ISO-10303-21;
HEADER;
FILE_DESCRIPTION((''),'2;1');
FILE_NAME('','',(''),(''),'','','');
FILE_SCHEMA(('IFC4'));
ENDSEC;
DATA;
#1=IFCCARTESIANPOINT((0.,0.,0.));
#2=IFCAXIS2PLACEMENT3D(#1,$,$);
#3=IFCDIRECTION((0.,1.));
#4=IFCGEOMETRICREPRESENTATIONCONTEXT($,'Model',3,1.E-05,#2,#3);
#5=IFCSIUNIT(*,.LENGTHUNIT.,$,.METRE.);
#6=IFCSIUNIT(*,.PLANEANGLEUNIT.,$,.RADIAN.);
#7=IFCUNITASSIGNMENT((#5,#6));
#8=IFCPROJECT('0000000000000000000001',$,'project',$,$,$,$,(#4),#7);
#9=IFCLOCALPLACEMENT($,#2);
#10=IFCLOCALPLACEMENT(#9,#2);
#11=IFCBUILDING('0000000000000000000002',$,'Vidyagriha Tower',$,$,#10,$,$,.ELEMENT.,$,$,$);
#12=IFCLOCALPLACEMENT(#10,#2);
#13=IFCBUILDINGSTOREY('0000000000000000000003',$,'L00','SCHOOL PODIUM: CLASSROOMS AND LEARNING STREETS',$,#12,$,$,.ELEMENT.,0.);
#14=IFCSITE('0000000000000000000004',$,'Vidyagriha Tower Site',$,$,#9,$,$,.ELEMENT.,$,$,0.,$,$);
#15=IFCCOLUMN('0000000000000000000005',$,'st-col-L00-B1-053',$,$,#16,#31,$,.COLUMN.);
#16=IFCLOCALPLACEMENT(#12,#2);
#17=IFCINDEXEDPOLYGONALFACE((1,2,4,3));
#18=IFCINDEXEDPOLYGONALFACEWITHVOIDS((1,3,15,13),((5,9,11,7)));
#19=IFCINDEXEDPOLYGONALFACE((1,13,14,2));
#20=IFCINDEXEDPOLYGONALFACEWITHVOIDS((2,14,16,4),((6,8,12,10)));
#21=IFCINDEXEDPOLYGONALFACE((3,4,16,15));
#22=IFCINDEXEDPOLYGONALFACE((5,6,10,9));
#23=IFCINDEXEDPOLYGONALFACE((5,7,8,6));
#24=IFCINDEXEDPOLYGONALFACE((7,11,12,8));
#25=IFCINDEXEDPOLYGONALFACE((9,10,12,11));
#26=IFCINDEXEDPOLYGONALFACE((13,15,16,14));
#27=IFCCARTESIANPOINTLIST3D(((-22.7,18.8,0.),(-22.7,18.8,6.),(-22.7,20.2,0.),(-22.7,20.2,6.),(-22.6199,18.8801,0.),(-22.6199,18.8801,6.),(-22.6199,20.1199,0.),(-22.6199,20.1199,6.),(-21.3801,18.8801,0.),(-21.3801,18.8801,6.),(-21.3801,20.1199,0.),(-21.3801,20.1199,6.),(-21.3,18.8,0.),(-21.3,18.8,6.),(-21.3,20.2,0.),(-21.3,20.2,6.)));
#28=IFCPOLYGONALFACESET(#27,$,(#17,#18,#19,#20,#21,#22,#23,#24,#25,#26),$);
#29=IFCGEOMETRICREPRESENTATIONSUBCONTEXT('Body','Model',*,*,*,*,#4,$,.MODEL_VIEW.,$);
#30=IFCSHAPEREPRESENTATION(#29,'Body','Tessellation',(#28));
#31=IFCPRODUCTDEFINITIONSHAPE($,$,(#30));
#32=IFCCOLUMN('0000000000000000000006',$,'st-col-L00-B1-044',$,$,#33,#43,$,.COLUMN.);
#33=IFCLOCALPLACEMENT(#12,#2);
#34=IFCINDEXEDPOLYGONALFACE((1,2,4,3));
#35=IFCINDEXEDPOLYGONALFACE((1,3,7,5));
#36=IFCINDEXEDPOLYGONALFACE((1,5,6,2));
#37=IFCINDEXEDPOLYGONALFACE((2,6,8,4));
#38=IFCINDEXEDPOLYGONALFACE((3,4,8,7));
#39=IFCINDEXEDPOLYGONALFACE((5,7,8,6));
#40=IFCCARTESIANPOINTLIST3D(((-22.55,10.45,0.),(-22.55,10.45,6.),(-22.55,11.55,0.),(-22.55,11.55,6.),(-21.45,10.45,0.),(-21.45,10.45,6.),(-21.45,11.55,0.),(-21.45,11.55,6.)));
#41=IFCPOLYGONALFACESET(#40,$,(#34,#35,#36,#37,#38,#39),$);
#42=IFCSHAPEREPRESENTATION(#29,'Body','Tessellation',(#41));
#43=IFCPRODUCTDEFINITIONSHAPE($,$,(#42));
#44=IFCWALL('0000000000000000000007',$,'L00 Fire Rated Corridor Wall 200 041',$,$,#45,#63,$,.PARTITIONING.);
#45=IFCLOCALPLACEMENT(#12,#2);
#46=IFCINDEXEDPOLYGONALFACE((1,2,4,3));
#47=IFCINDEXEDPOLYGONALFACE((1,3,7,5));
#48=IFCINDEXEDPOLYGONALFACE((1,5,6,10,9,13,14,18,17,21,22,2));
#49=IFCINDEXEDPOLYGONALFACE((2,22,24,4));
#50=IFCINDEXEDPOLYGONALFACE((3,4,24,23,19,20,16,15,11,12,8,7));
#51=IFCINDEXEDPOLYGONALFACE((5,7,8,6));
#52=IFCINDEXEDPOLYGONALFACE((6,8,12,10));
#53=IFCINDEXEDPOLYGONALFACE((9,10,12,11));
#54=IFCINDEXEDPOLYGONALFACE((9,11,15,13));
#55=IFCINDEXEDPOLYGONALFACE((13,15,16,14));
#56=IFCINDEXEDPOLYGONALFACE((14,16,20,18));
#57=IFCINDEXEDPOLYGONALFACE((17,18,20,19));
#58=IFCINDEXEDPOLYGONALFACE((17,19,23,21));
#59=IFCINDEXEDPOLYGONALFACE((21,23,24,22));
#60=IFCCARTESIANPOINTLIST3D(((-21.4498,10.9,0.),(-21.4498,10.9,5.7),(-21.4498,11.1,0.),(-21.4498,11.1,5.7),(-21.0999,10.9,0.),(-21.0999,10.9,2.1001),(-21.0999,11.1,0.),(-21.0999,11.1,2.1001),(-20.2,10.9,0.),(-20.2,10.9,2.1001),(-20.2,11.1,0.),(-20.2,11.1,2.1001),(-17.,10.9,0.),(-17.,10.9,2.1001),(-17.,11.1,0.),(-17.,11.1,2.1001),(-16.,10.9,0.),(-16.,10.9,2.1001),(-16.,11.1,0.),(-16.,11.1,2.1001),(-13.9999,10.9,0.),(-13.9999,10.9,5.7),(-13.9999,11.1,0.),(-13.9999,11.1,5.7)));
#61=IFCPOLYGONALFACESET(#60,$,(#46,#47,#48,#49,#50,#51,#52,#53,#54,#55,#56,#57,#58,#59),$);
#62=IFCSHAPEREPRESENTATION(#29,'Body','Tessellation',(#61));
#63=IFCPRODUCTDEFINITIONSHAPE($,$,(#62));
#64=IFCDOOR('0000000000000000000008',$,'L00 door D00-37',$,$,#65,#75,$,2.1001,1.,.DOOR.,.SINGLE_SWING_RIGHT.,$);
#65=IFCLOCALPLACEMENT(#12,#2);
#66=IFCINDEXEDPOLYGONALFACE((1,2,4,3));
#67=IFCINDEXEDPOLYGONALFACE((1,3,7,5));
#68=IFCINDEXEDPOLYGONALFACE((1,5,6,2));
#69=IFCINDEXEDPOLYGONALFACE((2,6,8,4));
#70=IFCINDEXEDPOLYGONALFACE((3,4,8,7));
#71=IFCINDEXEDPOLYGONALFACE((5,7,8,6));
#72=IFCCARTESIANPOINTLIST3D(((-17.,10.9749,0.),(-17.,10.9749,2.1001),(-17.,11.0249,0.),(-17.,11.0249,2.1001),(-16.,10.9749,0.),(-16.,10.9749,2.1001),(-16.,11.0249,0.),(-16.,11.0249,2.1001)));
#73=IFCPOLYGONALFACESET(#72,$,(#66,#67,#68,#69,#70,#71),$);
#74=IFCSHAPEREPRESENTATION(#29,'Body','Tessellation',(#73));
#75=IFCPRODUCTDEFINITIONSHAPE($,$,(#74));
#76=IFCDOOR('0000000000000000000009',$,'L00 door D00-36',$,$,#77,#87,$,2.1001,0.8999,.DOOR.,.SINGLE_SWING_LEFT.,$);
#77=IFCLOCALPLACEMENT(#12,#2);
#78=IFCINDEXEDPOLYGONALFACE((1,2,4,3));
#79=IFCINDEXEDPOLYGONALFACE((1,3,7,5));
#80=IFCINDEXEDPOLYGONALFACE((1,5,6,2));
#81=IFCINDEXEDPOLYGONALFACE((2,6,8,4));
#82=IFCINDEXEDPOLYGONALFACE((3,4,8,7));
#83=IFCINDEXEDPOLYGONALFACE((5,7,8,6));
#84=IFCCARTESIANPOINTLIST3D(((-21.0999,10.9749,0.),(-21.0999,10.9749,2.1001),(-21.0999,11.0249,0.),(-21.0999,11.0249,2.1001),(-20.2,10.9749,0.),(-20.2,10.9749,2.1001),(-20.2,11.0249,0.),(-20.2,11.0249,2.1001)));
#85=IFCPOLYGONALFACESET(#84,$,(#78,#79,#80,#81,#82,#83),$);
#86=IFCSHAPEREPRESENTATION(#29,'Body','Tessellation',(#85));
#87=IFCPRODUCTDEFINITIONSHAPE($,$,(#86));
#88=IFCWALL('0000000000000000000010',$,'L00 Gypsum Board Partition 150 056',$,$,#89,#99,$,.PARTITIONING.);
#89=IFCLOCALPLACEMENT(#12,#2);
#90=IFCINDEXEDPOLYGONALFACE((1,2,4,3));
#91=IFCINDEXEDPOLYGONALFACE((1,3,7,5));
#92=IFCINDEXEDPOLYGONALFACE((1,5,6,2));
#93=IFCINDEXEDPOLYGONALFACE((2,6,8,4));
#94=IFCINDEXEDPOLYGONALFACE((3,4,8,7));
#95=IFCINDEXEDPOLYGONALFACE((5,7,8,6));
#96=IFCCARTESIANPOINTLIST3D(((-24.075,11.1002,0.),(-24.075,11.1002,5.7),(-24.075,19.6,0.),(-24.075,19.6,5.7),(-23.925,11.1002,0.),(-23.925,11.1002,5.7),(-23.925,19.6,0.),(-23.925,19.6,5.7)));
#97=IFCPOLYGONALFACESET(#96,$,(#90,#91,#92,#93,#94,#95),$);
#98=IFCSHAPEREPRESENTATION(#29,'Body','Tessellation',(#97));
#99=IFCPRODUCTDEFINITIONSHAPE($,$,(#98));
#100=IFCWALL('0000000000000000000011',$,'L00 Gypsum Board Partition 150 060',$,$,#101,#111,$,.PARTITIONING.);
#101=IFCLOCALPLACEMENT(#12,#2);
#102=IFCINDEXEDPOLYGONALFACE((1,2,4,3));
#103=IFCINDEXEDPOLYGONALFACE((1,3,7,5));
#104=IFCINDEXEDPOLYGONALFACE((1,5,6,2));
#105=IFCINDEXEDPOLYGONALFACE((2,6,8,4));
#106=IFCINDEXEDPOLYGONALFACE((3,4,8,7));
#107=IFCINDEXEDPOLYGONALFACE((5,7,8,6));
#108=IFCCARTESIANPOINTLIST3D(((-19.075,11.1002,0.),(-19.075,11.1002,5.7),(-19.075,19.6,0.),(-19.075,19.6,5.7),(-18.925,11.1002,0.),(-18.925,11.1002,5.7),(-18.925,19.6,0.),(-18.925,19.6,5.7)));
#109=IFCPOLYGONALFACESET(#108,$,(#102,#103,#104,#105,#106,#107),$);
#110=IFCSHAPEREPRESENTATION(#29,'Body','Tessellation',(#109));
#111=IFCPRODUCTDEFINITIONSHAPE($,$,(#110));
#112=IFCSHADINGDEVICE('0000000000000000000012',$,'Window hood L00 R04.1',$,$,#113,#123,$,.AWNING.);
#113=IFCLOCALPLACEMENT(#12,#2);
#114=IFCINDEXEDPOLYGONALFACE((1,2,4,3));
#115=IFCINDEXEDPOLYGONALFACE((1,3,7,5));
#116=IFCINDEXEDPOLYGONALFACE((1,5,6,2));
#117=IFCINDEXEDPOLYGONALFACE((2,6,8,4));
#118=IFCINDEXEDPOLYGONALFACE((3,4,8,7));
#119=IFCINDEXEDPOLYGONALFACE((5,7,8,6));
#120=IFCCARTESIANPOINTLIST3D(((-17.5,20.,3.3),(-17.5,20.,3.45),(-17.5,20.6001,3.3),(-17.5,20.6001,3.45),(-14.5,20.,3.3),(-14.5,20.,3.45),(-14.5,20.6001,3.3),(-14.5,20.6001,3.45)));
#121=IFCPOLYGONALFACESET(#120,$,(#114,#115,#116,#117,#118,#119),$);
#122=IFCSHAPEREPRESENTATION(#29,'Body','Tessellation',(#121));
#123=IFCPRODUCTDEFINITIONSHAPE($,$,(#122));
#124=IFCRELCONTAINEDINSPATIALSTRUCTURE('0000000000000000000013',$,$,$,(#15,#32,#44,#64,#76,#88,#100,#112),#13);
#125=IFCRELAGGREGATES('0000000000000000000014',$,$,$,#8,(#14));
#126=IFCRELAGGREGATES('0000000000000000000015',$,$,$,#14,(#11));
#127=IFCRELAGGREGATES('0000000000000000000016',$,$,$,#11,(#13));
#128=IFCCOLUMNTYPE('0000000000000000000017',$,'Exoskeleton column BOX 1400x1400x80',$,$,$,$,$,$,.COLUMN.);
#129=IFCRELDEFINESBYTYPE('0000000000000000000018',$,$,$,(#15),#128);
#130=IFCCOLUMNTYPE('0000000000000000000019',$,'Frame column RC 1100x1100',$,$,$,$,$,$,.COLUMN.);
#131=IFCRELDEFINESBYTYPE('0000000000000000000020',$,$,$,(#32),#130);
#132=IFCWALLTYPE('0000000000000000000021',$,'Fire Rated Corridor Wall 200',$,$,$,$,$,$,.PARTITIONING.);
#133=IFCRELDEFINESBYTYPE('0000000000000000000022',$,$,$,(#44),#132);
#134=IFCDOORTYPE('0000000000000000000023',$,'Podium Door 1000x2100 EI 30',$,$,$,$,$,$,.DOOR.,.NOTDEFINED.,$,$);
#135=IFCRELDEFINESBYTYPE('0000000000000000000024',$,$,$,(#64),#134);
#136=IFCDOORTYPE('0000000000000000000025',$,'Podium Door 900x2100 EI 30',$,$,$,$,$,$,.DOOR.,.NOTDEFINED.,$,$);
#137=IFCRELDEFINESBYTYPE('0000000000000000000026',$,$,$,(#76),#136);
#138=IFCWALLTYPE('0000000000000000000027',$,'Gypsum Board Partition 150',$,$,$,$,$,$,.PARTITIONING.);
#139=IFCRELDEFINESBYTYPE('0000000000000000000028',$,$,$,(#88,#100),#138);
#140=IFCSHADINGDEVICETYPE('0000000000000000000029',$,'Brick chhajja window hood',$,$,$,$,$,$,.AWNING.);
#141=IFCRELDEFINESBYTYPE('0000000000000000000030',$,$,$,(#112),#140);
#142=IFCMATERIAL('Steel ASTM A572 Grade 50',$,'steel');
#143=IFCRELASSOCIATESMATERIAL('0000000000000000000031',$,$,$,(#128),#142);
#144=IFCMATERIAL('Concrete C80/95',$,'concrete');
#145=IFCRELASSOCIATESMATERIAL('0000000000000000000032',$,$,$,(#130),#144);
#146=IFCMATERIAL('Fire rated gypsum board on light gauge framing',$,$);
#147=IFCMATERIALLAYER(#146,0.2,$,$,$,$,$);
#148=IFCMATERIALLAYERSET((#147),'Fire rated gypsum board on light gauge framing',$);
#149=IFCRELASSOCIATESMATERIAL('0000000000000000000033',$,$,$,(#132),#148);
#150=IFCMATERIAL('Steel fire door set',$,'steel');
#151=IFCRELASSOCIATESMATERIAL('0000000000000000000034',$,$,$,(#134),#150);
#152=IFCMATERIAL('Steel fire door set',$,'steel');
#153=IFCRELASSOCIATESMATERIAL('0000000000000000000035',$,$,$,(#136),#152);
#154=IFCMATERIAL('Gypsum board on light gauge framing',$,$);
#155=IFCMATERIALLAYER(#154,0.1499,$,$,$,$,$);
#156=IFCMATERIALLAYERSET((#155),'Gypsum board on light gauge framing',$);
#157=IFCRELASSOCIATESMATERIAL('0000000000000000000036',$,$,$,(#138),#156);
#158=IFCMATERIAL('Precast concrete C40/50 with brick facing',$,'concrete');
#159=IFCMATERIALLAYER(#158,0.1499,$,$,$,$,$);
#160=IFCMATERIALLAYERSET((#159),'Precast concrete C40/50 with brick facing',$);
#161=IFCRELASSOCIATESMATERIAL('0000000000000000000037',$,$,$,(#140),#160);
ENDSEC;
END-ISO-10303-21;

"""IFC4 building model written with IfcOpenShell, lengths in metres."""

from ifc_helpers import new_model, si_unit, direction, frame, frame_2d, origin, origin_2d, place, context, subcontext, project, spatial, rectangle, hollow_rectangle, extrude, material, layer, layer_set, material_profile, profile_set, type_object, element, fill, save


model = new_model("IFC4")

# Units and contexts
model_context = context("Model", 3, precision=1e-05, world=origin(), true_north=direction((0.0, 1.0)))
body_context = subcontext(model_context, "Body", "Model", "MODEL_VIEW")
ifc_project = project(units=[si_unit("LENGTHUNIT", "METRE"), si_unit("PLANEANGLEUNIT", "RADIAN")], contexts=[model_context])

# Site, building, storey
site_placement = place(None, origin())
site = spatial("IfcSite", under=ifc_project, at=site_placement, Name="Vidyagriha Tower Site", CompositionType="ELEMENT", RefElevation=0.0)
building_placement = place(site_placement, origin())
building = spatial("IfcBuilding", under=site, at=building_placement, Name="Vidyagriha Tower", CompositionType="ELEMENT")
storey_placement = place(building_placement, origin())
storey = spatial("IfcBuildingStorey", under=building, at=storey_placement, Name="L00", Description="SCHOOL PODIUM: CLASSROOMS AND LEARNING STREETS", CompositionType="ELEMENT", Elevation=0.0)

# Columns
ifc_material_1 = material(Name="Steel ASTM A572 Grade 50", Category="steel")
ifc_material_profile_1 = material_profile(ifc_material_1, hollow_rectangle(XDim=1.3999, YDim=1.3999, WallThickness=0.0801, at=origin_2d()), Name="BOX 1400x1400x80")
ifc_profile_set_1 = profile_set([ifc_material_profile_1], Name="Steel ASTM A572 Grade 50")
column_type_1 = type_object("IfcColumnType", Name="Exoskeleton column BOX 1400x1400x80", PredefinedType="COLUMN", material=ifc_profile_set_1)
column_1_placement = place(storey_placement, frame((-22.0, 19.5, 0.0)))
element("IfcColumn", 1, at=column_1_placement, inside=storey, type_object=column_type_1, Name="st-col-L00-B1-053", PredefinedType="COLUMN", context=body_context, shape_type="SweptSolid", body=[
    extrude(hollow_rectangle(XDim=1.3999, YDim=1.3999, WallThickness=0.0801, at=origin_2d()), origin(), (0.0, 0.0, 1.0), 6.0),
])
ifc_material_2 = material(Name="Concrete C80/95", Category="concrete")
ifc_material_profile_2 = material_profile(ifc_material_2, rectangle(XDim=1.1001, YDim=1.1001, at=origin_2d()), Name="RC 1100x1100")
ifc_profile_set_2 = profile_set([ifc_material_profile_2], Name="Concrete C80/95")
column_type_2 = type_object("IfcColumnType", Name="Frame column RC 1100x1100", PredefinedType="COLUMN", material=ifc_profile_set_2)
column_2_placement = place(storey_placement, frame((-22.0, 11.0, 0.0)))
element("IfcColumn", 2, at=column_2_placement, inside=storey, type_object=column_type_2, Name="st-col-L00-B1-044", PredefinedType="COLUMN", context=body_context, shape_type="SweptSolid", body=[
    extrude(rectangle(XDim=1.1001, YDim=1.1001, at=origin_2d()), origin(), (0.0, 0.0, 1.0), 6.0),
])

# Wall, openings, doors
ifc_material_3 = material(Name="Fire rated gypsum board on light gauge framing")
ifc_layer_1 = layer(ifc_material_3, 0.2)
ifc_layer_set_1 = layer_set([ifc_layer_1], Name="Fire rated gypsum board on light gauge framing")
wall_type_1 = type_object("IfcWallType", Name="Fire Rated Corridor Wall 200", PredefinedType="PARTITIONING", material=ifc_layer_set_1)
wall_placement = place(storey_placement, frame((-21.45, 11.0, 0.0)))
wall = element("IfcWall", 3, at=wall_placement, inside=storey, type_object=wall_type_1, Name="L00 Fire Rated Corridor Wall 200 041", PredefinedType="PARTITIONING", context=body_context, shape_type="SweptSolid", body=[
    extrude(rectangle(XDim=7.45, YDim=0.2, at=frame_2d((3.7251, 0.0))), origin(), (0.0, 0.0, 1.0), 5.7),
])
opening_1_placement = place(wall_placement, frame((0.3501, 0.0, 0.0)))
opening_1 = element("IfcOpeningElement", 4, at=opening_1_placement, cuts=wall, PredefinedType="OPENING", context=body_context, shape_type="SweptSolid", body=[
    extrude(rectangle(XDim=0.8999, YDim=2.1001, at=frame_2d((0.45, 1.05))), frame((0.0, 0.1099, 0.0), z_axis=(0.0, -1.0, 0.0), x_axis=(1.0, 0.0, 0.0)), (0.0, 0.0, 1.0), 0.22),
])
opening_2_placement = place(wall_placement, frame((4.45, 0.0, 0.0)))
opening_2 = element("IfcOpeningElement", 5, at=opening_2_placement, cuts=wall, PredefinedType="OPENING", context=body_context, shape_type="SweptSolid", body=[
    extrude(rectangle(XDim=1.0, YDim=2.1001, at=frame_2d((0.5, 1.05))), frame((0.0, 0.1099, 0.0), z_axis=(0.0, -1.0, 0.0), x_axis=(1.0, 0.0, 0.0)), (0.0, 0.0, 1.0), 0.22),
])
ifc_material_4 = material(Name="Steel fire door set", Category="steel")
door_type_1 = type_object("IfcDoorType", Name="Podium Door 1000x2100 EI 30", OperationType="NOTDEFINED", PredefinedType="DOOR", material=ifc_material_4)
door_1_placement = place(opening_2_placement, origin())
door_1 = element("IfcDoor", 6, at=door_1_placement, inside=storey, type_object=door_type_1, Name="L00 door D00-37", OperationType="SINGLE_SWING_RIGHT", OverallHeight=2.1001, OverallWidth=1.0, PredefinedType="DOOR", context=body_context, shape_type="SweptSolid", body=[
    extrude(rectangle(XDim=1.0, YDim=2.1001, at=frame_2d((0.5, 1.05))), frame((0.0, 0.0249, 0.0), z_axis=(0.0, -1.0, 0.0), x_axis=(1.0, 0.0, 0.0)), (0.0, 0.0, 1.0), 0.05),
])
fill(opening_2, door_1)
ifc_material_5 = material(Name="Steel fire door set", Category="steel")
door_type_2 = type_object("IfcDoorType", Name="Podium Door 900x2100 EI 30", OperationType="NOTDEFINED", PredefinedType="DOOR", material=ifc_material_5)
door_2_placement = place(opening_1_placement, origin())
door_2 = element("IfcDoor", 7, at=door_2_placement, inside=storey, type_object=door_type_2, Name="L00 door D00-36", OperationType="SINGLE_SWING_LEFT", OverallHeight=2.1001, OverallWidth=0.8999, PredefinedType="DOOR", context=body_context, shape_type="SweptSolid", body=[
    extrude(rectangle(XDim=0.8999, YDim=2.1001, at=frame_2d((0.45, 1.05))), frame((0.0, 0.0249, 0.0), z_axis=(0.0, -1.0, 0.0), x_axis=(1.0, 0.0, 0.0)), (0.0, 0.0, 1.0), 0.05),
])
fill(opening_1, door_2)

# Walls
ifc_material_6 = material(Name="Gypsum board on light gauge framing")
ifc_layer_2 = layer(ifc_material_6, 0.1499)
ifc_layer_set_2 = layer_set([ifc_layer_2], Name="Gypsum board on light gauge framing")
wall_type_2 = type_object("IfcWallType", Name="Gypsum Board Partition 150", PredefinedType="PARTITIONING", material=ifc_layer_set_2)
for number, where, z_axis, x_axis, name in (
    (8, (-24.0, 11.1001, 0.0), (0.0, 0.0, 1.0), (0.0, 1.0, 0.0), "L00 Gypsum Board Partition 150 056"),
    (9, (-19.0, 11.1001, 0.0), (0.0, 0.0, 1.0), (0.0, 1.0, 0.0), "L00 Gypsum Board Partition 150 060"),
):
    element("IfcWall", number, at=place(storey_placement, frame(where, z_axis=z_axis, x_axis=x_axis)), inside=storey, type_object=wall_type_2, Name=name, PredefinedType="PARTITIONING", context=body_context, shape_type="SweptSolid", body=[
        extrude(rectangle(XDim=8.4998, YDim=0.1499, at=frame_2d((4.25, 0.0))), origin(), (0.0, 0.0, 1.0), 5.7),
    ])

# Shading device
ifc_material_7 = material(Name="Precast concrete C40/50 with brick facing", Category="concrete")
ifc_layer_3 = layer(ifc_material_7, 0.1499)
ifc_layer_set_3 = layer_set([ifc_layer_3], Name="Precast concrete C40/50 with brick facing")
shading_device_type = type_object("IfcShadingDeviceType", Name="Brick chhajja window hood", PredefinedType="AWNING", material=ifc_layer_set_3)
shading_device_placement = place(storey_placement, frame((-16.0, 20.3, 3.3), z_axis=(0.0, 0.0, 1.0), x_axis=(-1.0, 0.0, 0.0)))
element("IfcShadingDevice", 10, at=shading_device_placement, inside=storey, type_object=shading_device_type, Name="Window hood L00 R04.1", PredefinedType="AWNING", context=body_context, shape_type="SweptSolid", body=[
    extrude(rectangle(XDim=3.0, YDim=0.6001, at=origin_2d()), origin(), (0.0, 0.0, 1.0), 0.1499),
])

save(model, "model.ifc")
